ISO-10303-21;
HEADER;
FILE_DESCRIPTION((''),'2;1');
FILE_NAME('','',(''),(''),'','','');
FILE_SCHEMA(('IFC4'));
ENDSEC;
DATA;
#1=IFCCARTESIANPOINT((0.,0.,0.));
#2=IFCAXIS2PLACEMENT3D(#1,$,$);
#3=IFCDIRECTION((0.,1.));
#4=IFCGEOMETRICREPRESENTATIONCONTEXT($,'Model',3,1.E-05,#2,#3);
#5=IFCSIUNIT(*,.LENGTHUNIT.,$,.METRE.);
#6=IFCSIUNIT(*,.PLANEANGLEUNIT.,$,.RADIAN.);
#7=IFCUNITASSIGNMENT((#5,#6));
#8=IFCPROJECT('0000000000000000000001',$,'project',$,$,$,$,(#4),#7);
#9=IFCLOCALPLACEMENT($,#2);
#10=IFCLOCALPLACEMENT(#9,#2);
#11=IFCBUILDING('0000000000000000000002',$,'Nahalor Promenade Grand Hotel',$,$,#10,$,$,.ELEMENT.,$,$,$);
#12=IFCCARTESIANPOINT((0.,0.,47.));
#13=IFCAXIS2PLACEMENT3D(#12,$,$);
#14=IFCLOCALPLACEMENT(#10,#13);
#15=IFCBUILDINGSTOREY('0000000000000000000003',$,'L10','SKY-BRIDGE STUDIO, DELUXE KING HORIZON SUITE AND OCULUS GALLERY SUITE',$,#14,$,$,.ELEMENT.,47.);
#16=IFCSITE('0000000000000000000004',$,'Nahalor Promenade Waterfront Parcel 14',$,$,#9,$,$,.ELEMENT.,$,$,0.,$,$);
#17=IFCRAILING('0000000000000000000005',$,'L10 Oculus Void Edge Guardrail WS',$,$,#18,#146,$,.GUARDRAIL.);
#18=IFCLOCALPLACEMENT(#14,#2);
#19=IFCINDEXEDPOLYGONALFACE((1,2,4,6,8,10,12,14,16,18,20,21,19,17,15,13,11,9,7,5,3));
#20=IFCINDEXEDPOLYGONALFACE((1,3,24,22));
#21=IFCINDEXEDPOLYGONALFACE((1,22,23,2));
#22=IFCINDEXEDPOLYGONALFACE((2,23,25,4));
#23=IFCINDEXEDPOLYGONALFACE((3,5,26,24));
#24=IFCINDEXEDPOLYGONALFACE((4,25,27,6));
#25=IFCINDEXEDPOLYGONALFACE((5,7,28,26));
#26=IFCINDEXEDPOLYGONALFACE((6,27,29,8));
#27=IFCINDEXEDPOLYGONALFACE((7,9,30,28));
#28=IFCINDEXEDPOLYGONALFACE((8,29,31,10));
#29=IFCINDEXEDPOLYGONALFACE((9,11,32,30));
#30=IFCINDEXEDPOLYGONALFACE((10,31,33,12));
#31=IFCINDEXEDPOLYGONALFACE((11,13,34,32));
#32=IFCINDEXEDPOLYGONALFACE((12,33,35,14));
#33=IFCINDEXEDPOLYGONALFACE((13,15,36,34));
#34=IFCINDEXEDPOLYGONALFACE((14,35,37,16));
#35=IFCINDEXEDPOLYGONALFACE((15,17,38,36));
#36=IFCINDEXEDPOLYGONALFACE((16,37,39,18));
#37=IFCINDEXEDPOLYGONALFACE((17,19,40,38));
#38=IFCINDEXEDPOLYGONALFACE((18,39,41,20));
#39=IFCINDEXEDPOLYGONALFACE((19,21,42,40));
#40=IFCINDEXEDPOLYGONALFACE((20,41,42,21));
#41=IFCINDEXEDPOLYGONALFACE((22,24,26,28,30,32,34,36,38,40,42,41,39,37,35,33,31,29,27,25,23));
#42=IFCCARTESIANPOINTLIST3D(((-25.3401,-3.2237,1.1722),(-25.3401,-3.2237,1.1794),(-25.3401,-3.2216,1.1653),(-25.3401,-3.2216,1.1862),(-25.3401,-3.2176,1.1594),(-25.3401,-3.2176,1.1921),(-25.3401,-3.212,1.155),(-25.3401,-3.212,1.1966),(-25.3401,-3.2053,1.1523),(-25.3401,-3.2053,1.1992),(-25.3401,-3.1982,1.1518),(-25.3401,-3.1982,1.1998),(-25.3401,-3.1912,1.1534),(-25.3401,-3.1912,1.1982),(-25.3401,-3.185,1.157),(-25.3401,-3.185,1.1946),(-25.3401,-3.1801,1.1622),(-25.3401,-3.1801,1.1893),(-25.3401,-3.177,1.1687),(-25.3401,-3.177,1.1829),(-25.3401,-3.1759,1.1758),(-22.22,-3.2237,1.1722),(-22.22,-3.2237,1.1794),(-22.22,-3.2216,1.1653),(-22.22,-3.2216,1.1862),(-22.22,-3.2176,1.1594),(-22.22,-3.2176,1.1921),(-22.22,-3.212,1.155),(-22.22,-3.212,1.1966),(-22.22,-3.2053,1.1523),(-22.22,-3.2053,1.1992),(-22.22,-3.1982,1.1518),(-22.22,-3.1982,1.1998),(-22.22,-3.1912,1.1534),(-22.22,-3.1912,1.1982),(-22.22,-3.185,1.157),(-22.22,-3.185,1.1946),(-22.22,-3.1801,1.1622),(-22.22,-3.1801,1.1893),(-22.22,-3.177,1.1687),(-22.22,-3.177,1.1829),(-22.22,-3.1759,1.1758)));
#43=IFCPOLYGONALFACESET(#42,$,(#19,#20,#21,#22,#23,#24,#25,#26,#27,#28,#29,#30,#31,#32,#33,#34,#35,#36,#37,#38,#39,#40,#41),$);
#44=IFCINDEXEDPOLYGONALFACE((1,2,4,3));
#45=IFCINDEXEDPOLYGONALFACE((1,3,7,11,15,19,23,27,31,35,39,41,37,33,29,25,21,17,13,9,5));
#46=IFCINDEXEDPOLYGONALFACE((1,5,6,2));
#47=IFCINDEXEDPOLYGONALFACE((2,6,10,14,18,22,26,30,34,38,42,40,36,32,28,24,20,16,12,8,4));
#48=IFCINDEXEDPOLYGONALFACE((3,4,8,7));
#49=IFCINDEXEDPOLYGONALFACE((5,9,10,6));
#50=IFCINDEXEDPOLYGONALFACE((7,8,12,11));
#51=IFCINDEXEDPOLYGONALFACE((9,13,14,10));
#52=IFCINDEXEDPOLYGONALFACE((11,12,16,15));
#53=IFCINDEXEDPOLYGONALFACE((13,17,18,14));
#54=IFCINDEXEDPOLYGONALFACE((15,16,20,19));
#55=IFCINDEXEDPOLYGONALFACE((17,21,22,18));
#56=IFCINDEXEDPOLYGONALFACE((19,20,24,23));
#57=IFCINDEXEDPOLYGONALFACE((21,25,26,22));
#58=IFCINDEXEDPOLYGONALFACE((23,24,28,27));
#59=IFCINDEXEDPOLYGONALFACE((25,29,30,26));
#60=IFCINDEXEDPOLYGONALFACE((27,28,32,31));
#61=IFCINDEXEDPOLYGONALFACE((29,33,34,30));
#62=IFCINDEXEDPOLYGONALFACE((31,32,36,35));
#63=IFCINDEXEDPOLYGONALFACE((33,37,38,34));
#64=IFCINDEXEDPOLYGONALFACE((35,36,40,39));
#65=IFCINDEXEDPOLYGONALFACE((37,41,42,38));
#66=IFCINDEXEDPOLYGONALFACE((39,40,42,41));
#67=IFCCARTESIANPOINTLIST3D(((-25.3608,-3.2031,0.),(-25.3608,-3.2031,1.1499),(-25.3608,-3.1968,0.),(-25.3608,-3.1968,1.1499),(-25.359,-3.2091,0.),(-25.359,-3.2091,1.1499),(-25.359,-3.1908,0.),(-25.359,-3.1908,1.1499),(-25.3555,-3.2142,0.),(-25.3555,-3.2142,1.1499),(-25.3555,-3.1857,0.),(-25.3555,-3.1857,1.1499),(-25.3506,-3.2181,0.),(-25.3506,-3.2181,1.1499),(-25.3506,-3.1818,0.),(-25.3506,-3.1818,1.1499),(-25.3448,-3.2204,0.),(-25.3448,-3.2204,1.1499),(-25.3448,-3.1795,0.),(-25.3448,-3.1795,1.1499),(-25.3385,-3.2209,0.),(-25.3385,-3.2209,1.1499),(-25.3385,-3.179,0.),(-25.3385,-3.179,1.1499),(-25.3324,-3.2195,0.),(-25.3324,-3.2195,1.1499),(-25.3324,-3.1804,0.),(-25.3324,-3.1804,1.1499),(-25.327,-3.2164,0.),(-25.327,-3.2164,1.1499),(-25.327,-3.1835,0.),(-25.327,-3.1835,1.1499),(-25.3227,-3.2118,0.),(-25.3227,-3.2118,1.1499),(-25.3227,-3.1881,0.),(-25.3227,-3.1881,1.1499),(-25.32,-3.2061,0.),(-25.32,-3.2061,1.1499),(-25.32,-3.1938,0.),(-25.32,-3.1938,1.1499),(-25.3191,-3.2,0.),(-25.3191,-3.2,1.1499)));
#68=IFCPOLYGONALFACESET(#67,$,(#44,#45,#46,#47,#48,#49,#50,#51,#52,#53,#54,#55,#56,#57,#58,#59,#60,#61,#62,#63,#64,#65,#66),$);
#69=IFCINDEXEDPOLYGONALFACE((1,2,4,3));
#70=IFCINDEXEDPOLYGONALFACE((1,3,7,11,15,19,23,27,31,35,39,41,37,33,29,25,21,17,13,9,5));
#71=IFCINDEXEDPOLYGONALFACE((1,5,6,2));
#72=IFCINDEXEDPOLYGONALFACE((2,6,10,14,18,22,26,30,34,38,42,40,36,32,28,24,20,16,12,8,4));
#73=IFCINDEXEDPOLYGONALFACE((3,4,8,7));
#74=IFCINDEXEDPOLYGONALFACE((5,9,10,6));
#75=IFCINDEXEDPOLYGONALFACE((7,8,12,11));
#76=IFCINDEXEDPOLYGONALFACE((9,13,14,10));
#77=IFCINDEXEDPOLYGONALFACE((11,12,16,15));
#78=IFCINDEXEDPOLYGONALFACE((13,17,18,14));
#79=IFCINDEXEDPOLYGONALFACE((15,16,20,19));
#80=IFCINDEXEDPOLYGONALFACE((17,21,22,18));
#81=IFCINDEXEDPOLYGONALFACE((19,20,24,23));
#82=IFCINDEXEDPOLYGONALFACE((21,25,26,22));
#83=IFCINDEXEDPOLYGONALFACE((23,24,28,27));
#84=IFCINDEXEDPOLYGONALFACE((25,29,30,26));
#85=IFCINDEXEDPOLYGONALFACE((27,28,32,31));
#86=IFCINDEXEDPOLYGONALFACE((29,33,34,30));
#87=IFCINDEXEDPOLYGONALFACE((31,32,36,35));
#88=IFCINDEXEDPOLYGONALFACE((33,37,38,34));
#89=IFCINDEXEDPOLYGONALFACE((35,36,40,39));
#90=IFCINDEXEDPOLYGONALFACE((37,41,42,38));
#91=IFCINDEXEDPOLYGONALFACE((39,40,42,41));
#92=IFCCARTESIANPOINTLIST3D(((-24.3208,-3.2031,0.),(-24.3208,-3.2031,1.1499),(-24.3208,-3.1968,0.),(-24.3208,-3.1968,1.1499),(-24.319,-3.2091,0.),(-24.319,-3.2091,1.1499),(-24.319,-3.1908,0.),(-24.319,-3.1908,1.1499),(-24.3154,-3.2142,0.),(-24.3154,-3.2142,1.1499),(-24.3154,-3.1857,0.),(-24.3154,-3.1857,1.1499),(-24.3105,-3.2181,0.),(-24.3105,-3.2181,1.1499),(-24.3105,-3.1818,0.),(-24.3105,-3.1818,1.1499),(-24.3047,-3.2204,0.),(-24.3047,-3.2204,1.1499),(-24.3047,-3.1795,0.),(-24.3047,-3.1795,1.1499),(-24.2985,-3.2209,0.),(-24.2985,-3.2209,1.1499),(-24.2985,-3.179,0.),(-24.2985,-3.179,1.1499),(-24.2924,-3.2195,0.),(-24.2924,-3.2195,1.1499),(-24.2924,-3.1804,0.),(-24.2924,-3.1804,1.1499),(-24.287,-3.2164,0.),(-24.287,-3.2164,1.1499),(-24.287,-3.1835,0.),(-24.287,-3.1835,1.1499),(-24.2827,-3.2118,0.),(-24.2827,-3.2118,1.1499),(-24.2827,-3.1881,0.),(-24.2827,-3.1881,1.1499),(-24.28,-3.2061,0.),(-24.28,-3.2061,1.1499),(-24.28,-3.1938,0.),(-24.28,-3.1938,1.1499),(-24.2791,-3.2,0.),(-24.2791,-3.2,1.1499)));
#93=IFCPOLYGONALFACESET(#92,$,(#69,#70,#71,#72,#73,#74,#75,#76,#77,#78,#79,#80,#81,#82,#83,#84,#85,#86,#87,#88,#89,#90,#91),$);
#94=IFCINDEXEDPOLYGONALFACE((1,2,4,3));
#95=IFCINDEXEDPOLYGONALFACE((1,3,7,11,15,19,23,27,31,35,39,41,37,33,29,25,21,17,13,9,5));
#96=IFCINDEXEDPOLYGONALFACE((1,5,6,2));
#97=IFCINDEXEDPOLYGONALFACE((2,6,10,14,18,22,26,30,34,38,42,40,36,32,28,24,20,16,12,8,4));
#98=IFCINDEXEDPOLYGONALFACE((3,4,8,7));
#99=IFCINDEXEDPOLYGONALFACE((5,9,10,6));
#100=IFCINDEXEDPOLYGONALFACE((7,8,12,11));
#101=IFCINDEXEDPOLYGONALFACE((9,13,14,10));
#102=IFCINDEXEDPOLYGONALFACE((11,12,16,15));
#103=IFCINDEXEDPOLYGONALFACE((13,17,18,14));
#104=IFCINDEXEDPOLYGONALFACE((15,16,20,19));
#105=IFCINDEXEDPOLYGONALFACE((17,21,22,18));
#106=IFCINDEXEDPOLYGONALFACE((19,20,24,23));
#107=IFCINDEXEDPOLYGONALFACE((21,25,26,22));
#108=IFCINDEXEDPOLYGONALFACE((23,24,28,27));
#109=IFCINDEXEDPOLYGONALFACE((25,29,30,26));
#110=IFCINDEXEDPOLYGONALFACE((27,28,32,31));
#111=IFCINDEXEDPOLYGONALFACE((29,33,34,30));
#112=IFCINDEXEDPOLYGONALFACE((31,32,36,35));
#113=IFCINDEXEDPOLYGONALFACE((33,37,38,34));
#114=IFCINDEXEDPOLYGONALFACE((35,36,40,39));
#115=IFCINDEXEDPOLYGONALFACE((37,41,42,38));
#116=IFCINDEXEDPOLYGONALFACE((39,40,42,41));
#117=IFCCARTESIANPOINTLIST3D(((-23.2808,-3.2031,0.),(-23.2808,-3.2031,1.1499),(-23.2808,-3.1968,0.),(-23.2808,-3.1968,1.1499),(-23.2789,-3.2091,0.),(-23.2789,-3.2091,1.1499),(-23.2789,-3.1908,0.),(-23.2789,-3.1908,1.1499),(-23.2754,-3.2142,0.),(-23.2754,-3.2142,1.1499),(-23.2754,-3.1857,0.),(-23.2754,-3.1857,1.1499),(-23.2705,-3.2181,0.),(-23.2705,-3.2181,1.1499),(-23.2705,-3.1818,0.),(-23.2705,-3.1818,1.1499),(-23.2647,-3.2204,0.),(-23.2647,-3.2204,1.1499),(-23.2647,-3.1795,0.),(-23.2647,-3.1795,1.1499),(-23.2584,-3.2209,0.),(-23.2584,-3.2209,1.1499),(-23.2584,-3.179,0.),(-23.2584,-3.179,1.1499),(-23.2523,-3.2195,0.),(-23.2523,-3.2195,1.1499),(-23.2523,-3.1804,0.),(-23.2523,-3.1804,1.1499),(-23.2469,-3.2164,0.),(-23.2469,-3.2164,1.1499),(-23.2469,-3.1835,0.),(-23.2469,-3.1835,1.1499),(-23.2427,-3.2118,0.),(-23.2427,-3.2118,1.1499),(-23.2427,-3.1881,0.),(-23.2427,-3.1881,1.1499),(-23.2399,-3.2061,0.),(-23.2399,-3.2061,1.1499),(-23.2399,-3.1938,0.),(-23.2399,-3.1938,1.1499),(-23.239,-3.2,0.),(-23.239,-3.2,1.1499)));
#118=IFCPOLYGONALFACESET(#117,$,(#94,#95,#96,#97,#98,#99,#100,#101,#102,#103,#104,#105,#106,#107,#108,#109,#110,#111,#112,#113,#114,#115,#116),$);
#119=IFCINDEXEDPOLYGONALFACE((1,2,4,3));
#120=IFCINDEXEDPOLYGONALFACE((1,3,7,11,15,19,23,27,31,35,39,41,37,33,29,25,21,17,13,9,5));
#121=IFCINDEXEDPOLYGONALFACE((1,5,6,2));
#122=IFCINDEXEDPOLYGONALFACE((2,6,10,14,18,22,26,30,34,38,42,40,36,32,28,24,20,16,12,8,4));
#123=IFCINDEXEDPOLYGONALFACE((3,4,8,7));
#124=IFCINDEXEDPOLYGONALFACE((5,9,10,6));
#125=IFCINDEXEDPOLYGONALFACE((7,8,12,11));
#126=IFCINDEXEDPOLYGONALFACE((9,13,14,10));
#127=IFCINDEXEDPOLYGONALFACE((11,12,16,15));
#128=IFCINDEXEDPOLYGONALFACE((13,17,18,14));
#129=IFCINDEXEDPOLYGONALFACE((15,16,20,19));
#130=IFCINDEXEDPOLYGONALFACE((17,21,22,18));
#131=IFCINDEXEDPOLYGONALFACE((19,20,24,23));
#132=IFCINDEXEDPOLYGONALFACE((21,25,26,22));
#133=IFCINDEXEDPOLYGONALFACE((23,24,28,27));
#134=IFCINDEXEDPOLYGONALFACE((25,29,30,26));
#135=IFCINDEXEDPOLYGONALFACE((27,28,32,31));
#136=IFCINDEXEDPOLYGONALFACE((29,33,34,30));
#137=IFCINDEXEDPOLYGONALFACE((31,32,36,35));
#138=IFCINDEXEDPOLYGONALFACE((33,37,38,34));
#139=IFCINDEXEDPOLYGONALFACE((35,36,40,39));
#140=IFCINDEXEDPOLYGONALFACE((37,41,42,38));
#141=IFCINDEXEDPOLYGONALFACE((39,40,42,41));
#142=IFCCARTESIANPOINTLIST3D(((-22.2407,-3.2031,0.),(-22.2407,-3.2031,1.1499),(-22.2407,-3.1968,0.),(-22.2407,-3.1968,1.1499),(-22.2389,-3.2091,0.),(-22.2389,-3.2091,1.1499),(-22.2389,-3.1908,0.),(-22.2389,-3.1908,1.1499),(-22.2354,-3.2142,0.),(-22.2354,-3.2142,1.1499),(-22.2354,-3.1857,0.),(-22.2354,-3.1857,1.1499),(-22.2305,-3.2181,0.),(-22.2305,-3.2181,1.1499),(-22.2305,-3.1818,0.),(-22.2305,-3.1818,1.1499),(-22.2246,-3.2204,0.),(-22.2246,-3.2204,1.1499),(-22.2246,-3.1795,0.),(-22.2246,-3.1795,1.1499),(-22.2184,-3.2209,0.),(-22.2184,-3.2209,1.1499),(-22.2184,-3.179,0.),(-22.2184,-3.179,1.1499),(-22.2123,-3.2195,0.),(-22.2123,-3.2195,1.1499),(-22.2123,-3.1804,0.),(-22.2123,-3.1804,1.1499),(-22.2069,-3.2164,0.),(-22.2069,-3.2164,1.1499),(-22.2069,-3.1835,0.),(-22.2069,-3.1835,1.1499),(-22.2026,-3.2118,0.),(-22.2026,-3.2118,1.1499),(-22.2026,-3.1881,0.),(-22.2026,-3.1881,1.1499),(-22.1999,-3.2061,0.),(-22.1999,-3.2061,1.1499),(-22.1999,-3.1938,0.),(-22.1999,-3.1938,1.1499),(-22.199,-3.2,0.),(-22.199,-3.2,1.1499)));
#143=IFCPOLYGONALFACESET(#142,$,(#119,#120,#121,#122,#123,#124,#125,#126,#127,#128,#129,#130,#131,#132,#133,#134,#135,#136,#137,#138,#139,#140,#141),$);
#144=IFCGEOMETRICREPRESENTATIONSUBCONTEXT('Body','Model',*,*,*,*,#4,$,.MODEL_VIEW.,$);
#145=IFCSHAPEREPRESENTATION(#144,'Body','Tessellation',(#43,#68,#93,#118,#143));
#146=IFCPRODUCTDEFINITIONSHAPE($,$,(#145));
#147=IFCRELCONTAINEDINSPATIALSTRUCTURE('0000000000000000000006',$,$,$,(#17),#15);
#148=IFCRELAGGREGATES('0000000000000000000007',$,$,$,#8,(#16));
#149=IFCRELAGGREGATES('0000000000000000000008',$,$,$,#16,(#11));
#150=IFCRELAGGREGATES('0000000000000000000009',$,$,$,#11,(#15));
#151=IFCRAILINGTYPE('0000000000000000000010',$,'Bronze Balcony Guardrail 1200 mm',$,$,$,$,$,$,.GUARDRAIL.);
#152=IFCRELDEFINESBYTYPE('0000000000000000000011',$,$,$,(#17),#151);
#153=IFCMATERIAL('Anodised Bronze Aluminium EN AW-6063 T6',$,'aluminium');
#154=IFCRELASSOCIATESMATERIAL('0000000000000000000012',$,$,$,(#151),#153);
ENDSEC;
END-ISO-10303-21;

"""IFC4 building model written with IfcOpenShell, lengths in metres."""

from ifc_helpers import new_model, si_unit, direction, frame, origin, origin_2d, place, context, subcontext, project, spatial, circle, extrude, material, type_object, element, save


model = new_model("IFC4")

# Units and contexts
model_context = context("Model", 3, precision=1e-05, world=origin(), true_north=direction((0.0, 1.0)))
body_context = subcontext(model_context, "Body", "Model", "MODEL_VIEW")
ifc_project = project(units=[si_unit("LENGTHUNIT", "METRE"), si_unit("PLANEANGLEUNIT", "RADIAN")], contexts=[model_context])

# Site, building, storey
site_placement = place(None, origin())
site = spatial("IfcSite", under=ifc_project, at=site_placement, Name="Nahalor Promenade Waterfront Parcel 14", CompositionType="ELEMENT", RefElevation=0.0)
building_placement = place(site_placement, origin())
building = spatial("IfcBuilding", under=site, at=building_placement, Name="Nahalor Promenade Grand Hotel", CompositionType="ELEMENT")
storey_placement = place(building_placement, frame((0.0, 0.0, 47.0)))
storey = spatial("IfcBuildingStorey", under=building, at=storey_placement, Name="L10", Description="SKY-BRIDGE STUDIO, DELUXE KING HORIZON SUITE AND OCULUS GALLERY SUITE", CompositionType="ELEMENT", Elevation=47.0)

# Shared definitions
ifc_material_1 = material(Name="Anodised Bronze Aluminium EN AW-6063 T6", Category="aluminium")

# Railing
railing_type = type_object("IfcRailingType", Name="Bronze Balcony Guardrail 1200 mm", PredefinedType="GUARDRAIL", material=ifc_material_1)
railing_placement = place(storey_placement, frame((-25.3401, -3.2, 0.0)))
element("IfcRailing", 1, at=railing_placement, inside=storey, type_object=railing_type, Name="L10 Oculus Void Edge Guardrail WS", PredefinedType="GUARDRAIL", context=body_context, shape_type="SweptSolid", body=[
    extrude(circle(Radius=0.024, at=origin_2d()), frame((0.0, 0.0, 1.1758), z_axis=(1.0, 0.0, 0.0), x_axis=(0.0, 1.0, 0.0)), (0.0, 0.0, 1.0), 3.1201),
    extrude(circle(Radius=0.021, at=origin_2d()), origin(), (0.0, 0.0, 1.0), 1.1499),
    extrude(circle(Radius=0.021, at=origin_2d()), frame((1.04, 0.0, 0.0)), (0.0, 0.0, 1.0), 1.1499),
    extrude(circle(Radius=0.021, at=origin_2d()), frame((2.0801, 0.0, 0.0)), (0.0, 0.0, 1.0), 1.1499),
    extrude(circle(Radius=0.021, at=origin_2d()), frame((3.1201, 0.0, 0.0)), (0.0, 0.0, 1.0), 1.1499),
])

save(model, "model.ifc")
